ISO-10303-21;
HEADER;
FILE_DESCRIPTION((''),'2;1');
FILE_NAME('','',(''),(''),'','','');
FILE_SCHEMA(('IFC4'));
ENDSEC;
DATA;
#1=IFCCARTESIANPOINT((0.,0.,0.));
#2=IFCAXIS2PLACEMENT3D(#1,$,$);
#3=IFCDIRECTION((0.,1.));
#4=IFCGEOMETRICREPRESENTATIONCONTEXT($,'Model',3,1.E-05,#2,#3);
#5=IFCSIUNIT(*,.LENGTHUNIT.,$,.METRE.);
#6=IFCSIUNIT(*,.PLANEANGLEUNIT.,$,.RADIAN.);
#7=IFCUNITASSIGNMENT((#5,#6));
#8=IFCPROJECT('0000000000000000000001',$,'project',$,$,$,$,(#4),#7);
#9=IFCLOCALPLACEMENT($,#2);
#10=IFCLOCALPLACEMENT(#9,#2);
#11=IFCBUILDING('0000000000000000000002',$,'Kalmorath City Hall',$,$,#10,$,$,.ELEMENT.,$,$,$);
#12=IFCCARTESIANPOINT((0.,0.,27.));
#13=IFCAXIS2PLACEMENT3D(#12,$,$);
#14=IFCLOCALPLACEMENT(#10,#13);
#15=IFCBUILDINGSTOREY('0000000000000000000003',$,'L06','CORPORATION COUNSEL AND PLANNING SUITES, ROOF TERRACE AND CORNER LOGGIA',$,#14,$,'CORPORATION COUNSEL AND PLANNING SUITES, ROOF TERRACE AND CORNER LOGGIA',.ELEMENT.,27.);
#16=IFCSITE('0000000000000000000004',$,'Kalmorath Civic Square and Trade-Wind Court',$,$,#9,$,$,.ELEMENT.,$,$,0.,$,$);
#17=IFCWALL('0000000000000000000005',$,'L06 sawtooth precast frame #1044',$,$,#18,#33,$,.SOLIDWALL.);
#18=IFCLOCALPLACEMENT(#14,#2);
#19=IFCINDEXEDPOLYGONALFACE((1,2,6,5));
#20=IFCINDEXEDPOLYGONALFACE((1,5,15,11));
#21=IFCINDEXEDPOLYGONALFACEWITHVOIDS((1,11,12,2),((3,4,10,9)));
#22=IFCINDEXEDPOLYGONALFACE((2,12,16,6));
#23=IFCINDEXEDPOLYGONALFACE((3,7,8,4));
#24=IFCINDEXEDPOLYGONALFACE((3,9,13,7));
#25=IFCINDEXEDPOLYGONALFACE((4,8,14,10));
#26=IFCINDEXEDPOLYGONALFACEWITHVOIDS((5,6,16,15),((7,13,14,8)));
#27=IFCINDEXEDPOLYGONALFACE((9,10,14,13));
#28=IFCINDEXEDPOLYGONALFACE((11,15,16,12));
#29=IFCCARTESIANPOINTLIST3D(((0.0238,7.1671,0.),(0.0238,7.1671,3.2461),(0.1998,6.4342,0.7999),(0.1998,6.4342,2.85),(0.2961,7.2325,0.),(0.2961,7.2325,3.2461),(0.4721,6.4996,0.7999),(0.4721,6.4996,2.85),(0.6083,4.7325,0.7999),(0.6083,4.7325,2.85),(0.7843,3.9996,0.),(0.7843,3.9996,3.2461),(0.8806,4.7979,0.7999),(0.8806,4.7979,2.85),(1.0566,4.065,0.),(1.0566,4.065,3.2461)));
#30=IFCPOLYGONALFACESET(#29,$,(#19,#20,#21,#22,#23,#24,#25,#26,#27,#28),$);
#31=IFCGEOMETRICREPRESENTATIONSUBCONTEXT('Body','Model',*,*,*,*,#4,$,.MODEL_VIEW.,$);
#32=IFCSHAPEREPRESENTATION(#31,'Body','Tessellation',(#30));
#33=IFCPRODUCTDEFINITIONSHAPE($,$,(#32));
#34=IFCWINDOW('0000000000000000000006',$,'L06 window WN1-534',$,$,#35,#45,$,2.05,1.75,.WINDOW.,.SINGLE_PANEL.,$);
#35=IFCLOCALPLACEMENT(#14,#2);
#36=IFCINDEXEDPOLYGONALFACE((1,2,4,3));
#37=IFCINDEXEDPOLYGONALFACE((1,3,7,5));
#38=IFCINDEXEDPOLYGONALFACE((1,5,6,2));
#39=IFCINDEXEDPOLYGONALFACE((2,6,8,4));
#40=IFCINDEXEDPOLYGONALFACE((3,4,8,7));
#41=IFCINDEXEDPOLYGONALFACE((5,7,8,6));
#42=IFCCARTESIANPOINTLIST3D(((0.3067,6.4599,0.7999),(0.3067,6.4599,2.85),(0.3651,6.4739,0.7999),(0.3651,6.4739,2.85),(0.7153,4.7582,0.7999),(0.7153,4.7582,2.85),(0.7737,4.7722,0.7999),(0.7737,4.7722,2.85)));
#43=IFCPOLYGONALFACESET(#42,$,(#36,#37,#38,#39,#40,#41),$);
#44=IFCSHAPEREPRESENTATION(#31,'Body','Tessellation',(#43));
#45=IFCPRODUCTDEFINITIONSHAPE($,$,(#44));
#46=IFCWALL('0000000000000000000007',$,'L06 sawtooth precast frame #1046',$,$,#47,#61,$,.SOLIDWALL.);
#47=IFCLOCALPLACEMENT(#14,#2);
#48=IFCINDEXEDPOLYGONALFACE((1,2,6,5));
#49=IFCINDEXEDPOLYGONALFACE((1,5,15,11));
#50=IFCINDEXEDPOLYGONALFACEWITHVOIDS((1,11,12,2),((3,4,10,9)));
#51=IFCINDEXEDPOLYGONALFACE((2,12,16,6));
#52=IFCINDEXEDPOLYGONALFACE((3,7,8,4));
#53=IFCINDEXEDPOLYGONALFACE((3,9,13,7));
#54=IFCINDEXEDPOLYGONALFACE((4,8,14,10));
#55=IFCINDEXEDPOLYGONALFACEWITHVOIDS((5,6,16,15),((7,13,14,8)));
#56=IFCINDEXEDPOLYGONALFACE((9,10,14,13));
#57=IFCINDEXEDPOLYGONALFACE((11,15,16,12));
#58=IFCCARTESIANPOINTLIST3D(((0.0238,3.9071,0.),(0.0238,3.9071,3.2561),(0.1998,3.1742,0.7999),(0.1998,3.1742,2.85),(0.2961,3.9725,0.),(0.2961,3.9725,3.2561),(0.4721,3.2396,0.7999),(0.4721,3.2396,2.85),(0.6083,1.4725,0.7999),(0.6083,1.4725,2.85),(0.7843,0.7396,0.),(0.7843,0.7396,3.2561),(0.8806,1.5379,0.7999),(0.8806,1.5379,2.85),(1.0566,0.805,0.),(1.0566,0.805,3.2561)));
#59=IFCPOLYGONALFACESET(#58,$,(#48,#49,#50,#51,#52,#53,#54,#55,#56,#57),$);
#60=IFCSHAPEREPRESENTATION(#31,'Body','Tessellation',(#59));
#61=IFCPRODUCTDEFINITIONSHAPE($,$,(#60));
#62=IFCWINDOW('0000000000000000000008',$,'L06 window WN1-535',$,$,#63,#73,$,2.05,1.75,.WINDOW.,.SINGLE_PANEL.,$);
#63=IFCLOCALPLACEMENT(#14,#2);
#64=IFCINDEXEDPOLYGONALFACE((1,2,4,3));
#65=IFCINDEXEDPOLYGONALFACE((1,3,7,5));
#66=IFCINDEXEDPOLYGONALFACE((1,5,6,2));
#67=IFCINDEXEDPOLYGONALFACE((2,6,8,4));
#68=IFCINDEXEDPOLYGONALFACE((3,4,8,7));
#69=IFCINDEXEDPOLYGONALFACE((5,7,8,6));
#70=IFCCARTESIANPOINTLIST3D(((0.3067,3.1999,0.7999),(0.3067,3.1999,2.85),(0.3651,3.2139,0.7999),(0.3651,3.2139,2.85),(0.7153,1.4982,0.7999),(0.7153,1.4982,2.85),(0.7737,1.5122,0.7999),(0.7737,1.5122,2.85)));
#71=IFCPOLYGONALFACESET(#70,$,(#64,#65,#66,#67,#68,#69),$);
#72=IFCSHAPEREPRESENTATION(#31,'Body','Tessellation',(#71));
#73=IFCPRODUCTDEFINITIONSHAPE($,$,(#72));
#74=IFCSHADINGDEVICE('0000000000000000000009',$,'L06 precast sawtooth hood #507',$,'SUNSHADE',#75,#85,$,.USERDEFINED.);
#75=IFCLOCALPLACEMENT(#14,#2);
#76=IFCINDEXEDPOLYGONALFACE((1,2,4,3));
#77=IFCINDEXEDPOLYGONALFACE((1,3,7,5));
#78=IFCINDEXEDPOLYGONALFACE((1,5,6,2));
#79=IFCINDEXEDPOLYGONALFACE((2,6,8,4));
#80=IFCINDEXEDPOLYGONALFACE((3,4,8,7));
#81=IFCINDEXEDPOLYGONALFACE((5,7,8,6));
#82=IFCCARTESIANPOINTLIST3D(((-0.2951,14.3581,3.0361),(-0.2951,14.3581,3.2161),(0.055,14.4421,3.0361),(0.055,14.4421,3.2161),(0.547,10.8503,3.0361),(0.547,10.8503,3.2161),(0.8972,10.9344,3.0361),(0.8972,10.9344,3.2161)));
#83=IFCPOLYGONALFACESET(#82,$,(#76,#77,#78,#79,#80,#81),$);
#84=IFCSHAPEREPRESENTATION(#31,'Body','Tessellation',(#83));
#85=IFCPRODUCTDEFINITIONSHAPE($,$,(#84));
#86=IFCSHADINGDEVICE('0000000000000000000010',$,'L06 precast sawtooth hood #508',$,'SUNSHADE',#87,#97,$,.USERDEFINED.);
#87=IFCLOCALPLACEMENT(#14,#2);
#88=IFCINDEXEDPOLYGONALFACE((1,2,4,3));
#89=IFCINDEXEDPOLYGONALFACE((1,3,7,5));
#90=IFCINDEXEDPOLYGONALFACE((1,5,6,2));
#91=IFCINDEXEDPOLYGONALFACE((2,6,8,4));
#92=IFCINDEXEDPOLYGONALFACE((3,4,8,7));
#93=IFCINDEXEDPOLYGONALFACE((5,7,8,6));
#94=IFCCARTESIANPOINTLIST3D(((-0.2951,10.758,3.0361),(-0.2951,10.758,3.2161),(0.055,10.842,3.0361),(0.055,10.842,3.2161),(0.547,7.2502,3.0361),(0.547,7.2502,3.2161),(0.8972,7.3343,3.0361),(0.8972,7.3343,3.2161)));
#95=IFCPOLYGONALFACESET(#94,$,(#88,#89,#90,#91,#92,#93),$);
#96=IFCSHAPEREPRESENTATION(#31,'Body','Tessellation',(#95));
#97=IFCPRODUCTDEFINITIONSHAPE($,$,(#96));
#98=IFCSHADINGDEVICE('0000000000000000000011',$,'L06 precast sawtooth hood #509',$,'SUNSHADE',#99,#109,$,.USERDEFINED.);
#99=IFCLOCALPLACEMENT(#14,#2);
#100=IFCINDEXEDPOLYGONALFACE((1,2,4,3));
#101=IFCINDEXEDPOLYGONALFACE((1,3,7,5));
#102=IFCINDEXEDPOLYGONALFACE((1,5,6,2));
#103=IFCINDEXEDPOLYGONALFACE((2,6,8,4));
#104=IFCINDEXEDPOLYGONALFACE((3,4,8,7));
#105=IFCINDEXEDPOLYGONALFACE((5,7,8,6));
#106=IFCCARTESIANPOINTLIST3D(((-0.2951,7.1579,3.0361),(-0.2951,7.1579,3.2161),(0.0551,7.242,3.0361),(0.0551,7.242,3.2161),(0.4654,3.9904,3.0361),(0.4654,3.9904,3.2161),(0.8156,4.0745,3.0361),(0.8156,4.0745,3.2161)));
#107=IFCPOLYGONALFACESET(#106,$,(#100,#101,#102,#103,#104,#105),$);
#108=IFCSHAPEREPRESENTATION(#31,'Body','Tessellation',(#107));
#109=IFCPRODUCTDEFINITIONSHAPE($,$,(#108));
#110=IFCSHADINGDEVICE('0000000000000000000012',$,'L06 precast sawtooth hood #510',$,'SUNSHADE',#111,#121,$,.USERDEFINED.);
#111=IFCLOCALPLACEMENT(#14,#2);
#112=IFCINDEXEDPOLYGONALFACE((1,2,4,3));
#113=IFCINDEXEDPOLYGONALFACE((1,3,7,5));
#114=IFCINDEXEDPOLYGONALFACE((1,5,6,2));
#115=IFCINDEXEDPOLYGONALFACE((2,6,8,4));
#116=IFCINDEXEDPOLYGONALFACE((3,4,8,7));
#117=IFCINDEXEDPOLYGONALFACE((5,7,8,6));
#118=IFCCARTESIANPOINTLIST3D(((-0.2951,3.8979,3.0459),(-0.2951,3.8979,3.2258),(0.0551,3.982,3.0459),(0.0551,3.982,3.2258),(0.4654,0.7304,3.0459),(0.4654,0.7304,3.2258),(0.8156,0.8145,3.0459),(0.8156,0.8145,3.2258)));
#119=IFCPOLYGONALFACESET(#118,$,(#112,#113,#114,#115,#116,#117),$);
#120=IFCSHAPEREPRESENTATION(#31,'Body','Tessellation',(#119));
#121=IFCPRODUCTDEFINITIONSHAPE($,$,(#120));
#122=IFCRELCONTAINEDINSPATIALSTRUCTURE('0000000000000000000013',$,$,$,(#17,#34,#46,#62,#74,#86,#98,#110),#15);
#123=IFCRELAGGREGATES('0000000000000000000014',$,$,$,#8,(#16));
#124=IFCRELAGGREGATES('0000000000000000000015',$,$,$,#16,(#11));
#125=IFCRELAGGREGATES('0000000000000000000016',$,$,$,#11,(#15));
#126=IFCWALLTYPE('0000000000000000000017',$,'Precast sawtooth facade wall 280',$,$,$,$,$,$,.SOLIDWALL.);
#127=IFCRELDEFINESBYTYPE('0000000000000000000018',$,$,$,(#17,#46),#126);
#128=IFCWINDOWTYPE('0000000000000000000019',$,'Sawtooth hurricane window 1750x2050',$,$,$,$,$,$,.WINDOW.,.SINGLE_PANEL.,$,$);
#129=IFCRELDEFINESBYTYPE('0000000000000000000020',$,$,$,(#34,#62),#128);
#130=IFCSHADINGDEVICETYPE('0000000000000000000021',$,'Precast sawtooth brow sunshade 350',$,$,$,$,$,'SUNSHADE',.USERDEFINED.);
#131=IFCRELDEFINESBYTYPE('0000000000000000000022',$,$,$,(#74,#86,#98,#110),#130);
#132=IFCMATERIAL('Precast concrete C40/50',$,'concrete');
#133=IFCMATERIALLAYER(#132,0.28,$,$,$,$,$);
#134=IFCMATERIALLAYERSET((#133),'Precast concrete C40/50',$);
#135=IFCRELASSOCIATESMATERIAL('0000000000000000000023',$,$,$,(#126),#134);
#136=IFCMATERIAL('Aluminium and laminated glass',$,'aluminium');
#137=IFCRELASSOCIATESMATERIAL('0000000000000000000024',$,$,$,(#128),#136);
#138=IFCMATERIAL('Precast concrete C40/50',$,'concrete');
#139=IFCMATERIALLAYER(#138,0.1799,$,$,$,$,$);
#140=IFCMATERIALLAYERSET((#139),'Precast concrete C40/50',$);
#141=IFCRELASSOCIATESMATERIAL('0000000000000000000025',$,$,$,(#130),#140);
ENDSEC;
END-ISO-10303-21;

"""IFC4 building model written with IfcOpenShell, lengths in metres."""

from ifc_helpers import new_model, si_unit, direction, frame, frame_2d, origin, origin_2d, place, context, subcontext, project, spatial, rectangle, extrude, material, layer, layer_set, type_object, element, fill, save


model = new_model("IFC4")

# Units and contexts
model_context = context("Model", 3, precision=1e-05, world=origin(), true_north=direction((0.0, 1.0)))
body_context = subcontext(model_context, "Body", "Model", "MODEL_VIEW")
ifc_project = project(units=[si_unit("LENGTHUNIT", "METRE"), si_unit("PLANEANGLEUNIT", "RADIAN")], contexts=[model_context])

# Site, building, storey
site_placement = place(None, origin())
site = spatial("IfcSite", under=ifc_project, at=site_placement, Name="Kalmorath Civic Square and Trade-Wind Court", CompositionType="ELEMENT", RefElevation=0.0)
building_placement = place(site_placement, origin())
building = spatial("IfcBuilding", under=site, at=building_placement, Name="Kalmorath City Hall", CompositionType="ELEMENT")
storey_placement = place(building_placement, frame((0.0, 0.0, 27.0)))
storey = spatial("IfcBuildingStorey", under=building, at=storey_placement, Name="L06", Description="CORPORATION COUNSEL AND PLANNING SUITES, ROOF TERRACE AND CORNER LOGGIA", LongName="CORPORATION COUNSEL AND PLANNING SUITES, ROOF TERRACE AND CORNER LOGGIA", CompositionType="ELEMENT", Elevation=27.0)

# Walls, openings, windows
ifc_material_1 = material(Name="Precast concrete C40/50", Category="concrete")
ifc_layer_1 = layer(ifc_material_1, 0.28)
ifc_layer_set_1 = layer_set([ifc_layer_1], Name="Precast concrete C40/50")
wall_type_1 = type_object("IfcWallType", Name="Precast sawtooth facade wall 280", PredefinedType="SOLIDWALL", material=ifc_layer_set_1)
ifc_material_2 = material(Name="Aluminium and laminated glass", Category="aluminium")
window_type = type_object("IfcWindowType", Name="Sawtooth hurricane window 1750x2050", PartitioningType="SINGLE_PANEL", PredefinedType="WINDOW", material=ifc_material_2)
wall_1_placement = place(storey_placement, frame((0.1599, 7.2, 0.0), z_axis=(0.0, 0.0, 1.0), x_axis=(0.233461, -0.972366, 0.0)))
wall_1 = element("IfcWall", 1, at=wall_1_placement, inside=storey, type_object=wall_type_1, Name="L06 sawtooth precast frame #1044", PredefinedType="SOLIDWALL", context=body_context, shape_type="SweptSolid", body=[
    extrude(rectangle(XDim=3.2576, YDim=0.28, at=frame_2d((1.6289, 0.0))), origin(), (0.0, 0.0, 1.0), 3.2461),
])
opening_1_placement = place(wall_1_placement, frame((0.7539, 0.0, 0.8)))
opening_1 = element("IfcOpeningElement", 2, at=opening_1_placement, cuts=wall_1, PredefinedType="OPENING", context=body_context, shape_type="SweptSolid", body=[
    extrude(rectangle(XDim=1.75, YDim=2.05, at=frame_2d((0.875, 1.0249))), frame((0.0, 0.1499, 0.0), z_axis=(0.0, -1.0, 0.0), x_axis=(1.0, 0.0, 0.0)), (0.0, 0.0, 1.0), 0.3),
])
window_1_placement = place(opening_1_placement, origin())
window_1 = element("IfcWindow", 3, at=window_1_placement, inside=storey, type_object=window_type, Name="L06 window WN1-534", OverallHeight=2.05, OverallWidth=1.75, PartitioningType="SINGLE_PANEL", PredefinedType="WINDOW", context=body_context, shape_type="SweptSolid", body=[
    extrude(rectangle(XDim=1.75, YDim=2.05, at=frame_2d((0.875, 1.0249))), frame((0.0, 0.03, 0.0), z_axis=(0.0, -1.0, 0.0), x_axis=(1.0, 0.0, 0.0)), (0.0, 0.0, 1.0), 0.0601),
])
fill(opening_1, window_1)
wall_2_placement = place(storey_placement, frame((0.1599, 3.9399, 0.0), z_axis=(0.0, 0.0, 1.0), x_axis=(0.233461, -0.972366, 0.0)))
wall_2 = element("IfcWall", 4, at=wall_2_placement, inside=storey, type_object=wall_type_1, Name="L06 sawtooth precast frame #1046", PredefinedType="SOLIDWALL", context=body_context, shape_type="SweptSolid", body=[
    extrude(rectangle(XDim=3.2576, YDim=0.28, at=frame_2d((1.6289, 0.0))), origin(), (0.0, 0.0, 1.0), 3.2561),
])
opening_2_placement = place(wall_2_placement, frame((0.7539, 0.0, 0.8)))
opening_2 = element("IfcOpeningElement", 5, at=opening_2_placement, cuts=wall_2, PredefinedType="OPENING", context=body_context, shape_type="SweptSolid", body=[
    extrude(rectangle(XDim=1.75, YDim=2.05, at=frame_2d((0.875, 1.0249))), frame((0.0, 0.1499, 0.0), z_axis=(0.0, -1.0, 0.0), x_axis=(1.0, 0.0, 0.0)), (0.0, 0.0, 1.0), 0.3),
])
window_2_placement = place(opening_2_placement, origin())
window_2 = element("IfcWindow", 6, at=window_2_placement, inside=storey, type_object=window_type, Name="L06 window WN1-535", OverallHeight=2.05, OverallWidth=1.75, PartitioningType="SINGLE_PANEL", PredefinedType="WINDOW", context=body_context, shape_type="SweptSolid", body=[
    extrude(rectangle(XDim=1.75, YDim=2.05, at=frame_2d((0.875, 1.0249))), frame((0.0, 0.03, 0.0), z_axis=(0.0, -1.0, 0.0), x_axis=(1.0, 0.0, 0.0)), (0.0, 0.0, 1.0), 0.0601),
])
fill(opening_2, window_2)

# Shading devices
ifc_material_3 = material(Name="Precast concrete C40/50", Category="concrete")
ifc_layer_2 = layer(ifc_material_3, 0.1799)
ifc_layer_set_2 = layer_set([ifc_layer_2], Name="Precast concrete C40/50")
shading_device_type = type_object("IfcShadingDeviceType", Name="Precast sawtooth brow sunshade 350", ElementType="SUNSHADE", PredefinedType="USERDEFINED", material=ifc_layer_set_2)
for number, where, z_axis, x_axis, name in (
    (7, (0.301, 12.6462, 3.0361), (0.0, 0.0, 1.0), (0.233445, -0.97237, 0.0), "L06 precast sawtooth hood #507"),
    (8, (0.301, 9.0461, 3.0361), (0.0, 0.0, 1.0), (0.233445, -0.97237, 0.0), "L06 precast sawtooth hood #508"),
):
    element("IfcShadingDevice", number, at=place(storey_placement, frame(where, z_axis=z_axis, x_axis=x_axis)), inside=storey, type_object=shading_device_type, Name=name, ObjectType="SUNSHADE", PredefinedType="USERDEFINED", context=body_context, shape_type="SweptSolid", body=[
        extrude(rectangle(XDim=3.6074, YDim=0.3601, at=origin_2d()), origin(), (0.0, 0.0, 1.0), 0.1799),
    ])
for number, where, z_axis, x_axis, name in (
    (9, (0.2603, 5.6162, 3.0361), (0.0, 0.0, 1.0), (0.233462, -0.972366, 0.0), "L06 precast sawtooth hood #509"),
    (10, (0.2603, 2.3562, 3.0459), (0.0, 0.0, 1.0), (0.233462, -0.972366, 0.0), "L06 precast sawtooth hood #510"),
):
    element("IfcShadingDevice", number, at=place(storey_placement, frame(where, z_axis=z_axis, x_axis=x_axis)), inside=storey, type_object=shading_device_type, Name=name, ObjectType="SUNSHADE", PredefinedType="USERDEFINED", context=body_context, shape_type="SweptSolid", body=[
        extrude(rectangle(XDim=3.2576, YDim=0.3601, at=origin_2d()), origin(), (0.0, 0.0, 1.0), 0.1799),
    ])

save(model, "model.ifc")
